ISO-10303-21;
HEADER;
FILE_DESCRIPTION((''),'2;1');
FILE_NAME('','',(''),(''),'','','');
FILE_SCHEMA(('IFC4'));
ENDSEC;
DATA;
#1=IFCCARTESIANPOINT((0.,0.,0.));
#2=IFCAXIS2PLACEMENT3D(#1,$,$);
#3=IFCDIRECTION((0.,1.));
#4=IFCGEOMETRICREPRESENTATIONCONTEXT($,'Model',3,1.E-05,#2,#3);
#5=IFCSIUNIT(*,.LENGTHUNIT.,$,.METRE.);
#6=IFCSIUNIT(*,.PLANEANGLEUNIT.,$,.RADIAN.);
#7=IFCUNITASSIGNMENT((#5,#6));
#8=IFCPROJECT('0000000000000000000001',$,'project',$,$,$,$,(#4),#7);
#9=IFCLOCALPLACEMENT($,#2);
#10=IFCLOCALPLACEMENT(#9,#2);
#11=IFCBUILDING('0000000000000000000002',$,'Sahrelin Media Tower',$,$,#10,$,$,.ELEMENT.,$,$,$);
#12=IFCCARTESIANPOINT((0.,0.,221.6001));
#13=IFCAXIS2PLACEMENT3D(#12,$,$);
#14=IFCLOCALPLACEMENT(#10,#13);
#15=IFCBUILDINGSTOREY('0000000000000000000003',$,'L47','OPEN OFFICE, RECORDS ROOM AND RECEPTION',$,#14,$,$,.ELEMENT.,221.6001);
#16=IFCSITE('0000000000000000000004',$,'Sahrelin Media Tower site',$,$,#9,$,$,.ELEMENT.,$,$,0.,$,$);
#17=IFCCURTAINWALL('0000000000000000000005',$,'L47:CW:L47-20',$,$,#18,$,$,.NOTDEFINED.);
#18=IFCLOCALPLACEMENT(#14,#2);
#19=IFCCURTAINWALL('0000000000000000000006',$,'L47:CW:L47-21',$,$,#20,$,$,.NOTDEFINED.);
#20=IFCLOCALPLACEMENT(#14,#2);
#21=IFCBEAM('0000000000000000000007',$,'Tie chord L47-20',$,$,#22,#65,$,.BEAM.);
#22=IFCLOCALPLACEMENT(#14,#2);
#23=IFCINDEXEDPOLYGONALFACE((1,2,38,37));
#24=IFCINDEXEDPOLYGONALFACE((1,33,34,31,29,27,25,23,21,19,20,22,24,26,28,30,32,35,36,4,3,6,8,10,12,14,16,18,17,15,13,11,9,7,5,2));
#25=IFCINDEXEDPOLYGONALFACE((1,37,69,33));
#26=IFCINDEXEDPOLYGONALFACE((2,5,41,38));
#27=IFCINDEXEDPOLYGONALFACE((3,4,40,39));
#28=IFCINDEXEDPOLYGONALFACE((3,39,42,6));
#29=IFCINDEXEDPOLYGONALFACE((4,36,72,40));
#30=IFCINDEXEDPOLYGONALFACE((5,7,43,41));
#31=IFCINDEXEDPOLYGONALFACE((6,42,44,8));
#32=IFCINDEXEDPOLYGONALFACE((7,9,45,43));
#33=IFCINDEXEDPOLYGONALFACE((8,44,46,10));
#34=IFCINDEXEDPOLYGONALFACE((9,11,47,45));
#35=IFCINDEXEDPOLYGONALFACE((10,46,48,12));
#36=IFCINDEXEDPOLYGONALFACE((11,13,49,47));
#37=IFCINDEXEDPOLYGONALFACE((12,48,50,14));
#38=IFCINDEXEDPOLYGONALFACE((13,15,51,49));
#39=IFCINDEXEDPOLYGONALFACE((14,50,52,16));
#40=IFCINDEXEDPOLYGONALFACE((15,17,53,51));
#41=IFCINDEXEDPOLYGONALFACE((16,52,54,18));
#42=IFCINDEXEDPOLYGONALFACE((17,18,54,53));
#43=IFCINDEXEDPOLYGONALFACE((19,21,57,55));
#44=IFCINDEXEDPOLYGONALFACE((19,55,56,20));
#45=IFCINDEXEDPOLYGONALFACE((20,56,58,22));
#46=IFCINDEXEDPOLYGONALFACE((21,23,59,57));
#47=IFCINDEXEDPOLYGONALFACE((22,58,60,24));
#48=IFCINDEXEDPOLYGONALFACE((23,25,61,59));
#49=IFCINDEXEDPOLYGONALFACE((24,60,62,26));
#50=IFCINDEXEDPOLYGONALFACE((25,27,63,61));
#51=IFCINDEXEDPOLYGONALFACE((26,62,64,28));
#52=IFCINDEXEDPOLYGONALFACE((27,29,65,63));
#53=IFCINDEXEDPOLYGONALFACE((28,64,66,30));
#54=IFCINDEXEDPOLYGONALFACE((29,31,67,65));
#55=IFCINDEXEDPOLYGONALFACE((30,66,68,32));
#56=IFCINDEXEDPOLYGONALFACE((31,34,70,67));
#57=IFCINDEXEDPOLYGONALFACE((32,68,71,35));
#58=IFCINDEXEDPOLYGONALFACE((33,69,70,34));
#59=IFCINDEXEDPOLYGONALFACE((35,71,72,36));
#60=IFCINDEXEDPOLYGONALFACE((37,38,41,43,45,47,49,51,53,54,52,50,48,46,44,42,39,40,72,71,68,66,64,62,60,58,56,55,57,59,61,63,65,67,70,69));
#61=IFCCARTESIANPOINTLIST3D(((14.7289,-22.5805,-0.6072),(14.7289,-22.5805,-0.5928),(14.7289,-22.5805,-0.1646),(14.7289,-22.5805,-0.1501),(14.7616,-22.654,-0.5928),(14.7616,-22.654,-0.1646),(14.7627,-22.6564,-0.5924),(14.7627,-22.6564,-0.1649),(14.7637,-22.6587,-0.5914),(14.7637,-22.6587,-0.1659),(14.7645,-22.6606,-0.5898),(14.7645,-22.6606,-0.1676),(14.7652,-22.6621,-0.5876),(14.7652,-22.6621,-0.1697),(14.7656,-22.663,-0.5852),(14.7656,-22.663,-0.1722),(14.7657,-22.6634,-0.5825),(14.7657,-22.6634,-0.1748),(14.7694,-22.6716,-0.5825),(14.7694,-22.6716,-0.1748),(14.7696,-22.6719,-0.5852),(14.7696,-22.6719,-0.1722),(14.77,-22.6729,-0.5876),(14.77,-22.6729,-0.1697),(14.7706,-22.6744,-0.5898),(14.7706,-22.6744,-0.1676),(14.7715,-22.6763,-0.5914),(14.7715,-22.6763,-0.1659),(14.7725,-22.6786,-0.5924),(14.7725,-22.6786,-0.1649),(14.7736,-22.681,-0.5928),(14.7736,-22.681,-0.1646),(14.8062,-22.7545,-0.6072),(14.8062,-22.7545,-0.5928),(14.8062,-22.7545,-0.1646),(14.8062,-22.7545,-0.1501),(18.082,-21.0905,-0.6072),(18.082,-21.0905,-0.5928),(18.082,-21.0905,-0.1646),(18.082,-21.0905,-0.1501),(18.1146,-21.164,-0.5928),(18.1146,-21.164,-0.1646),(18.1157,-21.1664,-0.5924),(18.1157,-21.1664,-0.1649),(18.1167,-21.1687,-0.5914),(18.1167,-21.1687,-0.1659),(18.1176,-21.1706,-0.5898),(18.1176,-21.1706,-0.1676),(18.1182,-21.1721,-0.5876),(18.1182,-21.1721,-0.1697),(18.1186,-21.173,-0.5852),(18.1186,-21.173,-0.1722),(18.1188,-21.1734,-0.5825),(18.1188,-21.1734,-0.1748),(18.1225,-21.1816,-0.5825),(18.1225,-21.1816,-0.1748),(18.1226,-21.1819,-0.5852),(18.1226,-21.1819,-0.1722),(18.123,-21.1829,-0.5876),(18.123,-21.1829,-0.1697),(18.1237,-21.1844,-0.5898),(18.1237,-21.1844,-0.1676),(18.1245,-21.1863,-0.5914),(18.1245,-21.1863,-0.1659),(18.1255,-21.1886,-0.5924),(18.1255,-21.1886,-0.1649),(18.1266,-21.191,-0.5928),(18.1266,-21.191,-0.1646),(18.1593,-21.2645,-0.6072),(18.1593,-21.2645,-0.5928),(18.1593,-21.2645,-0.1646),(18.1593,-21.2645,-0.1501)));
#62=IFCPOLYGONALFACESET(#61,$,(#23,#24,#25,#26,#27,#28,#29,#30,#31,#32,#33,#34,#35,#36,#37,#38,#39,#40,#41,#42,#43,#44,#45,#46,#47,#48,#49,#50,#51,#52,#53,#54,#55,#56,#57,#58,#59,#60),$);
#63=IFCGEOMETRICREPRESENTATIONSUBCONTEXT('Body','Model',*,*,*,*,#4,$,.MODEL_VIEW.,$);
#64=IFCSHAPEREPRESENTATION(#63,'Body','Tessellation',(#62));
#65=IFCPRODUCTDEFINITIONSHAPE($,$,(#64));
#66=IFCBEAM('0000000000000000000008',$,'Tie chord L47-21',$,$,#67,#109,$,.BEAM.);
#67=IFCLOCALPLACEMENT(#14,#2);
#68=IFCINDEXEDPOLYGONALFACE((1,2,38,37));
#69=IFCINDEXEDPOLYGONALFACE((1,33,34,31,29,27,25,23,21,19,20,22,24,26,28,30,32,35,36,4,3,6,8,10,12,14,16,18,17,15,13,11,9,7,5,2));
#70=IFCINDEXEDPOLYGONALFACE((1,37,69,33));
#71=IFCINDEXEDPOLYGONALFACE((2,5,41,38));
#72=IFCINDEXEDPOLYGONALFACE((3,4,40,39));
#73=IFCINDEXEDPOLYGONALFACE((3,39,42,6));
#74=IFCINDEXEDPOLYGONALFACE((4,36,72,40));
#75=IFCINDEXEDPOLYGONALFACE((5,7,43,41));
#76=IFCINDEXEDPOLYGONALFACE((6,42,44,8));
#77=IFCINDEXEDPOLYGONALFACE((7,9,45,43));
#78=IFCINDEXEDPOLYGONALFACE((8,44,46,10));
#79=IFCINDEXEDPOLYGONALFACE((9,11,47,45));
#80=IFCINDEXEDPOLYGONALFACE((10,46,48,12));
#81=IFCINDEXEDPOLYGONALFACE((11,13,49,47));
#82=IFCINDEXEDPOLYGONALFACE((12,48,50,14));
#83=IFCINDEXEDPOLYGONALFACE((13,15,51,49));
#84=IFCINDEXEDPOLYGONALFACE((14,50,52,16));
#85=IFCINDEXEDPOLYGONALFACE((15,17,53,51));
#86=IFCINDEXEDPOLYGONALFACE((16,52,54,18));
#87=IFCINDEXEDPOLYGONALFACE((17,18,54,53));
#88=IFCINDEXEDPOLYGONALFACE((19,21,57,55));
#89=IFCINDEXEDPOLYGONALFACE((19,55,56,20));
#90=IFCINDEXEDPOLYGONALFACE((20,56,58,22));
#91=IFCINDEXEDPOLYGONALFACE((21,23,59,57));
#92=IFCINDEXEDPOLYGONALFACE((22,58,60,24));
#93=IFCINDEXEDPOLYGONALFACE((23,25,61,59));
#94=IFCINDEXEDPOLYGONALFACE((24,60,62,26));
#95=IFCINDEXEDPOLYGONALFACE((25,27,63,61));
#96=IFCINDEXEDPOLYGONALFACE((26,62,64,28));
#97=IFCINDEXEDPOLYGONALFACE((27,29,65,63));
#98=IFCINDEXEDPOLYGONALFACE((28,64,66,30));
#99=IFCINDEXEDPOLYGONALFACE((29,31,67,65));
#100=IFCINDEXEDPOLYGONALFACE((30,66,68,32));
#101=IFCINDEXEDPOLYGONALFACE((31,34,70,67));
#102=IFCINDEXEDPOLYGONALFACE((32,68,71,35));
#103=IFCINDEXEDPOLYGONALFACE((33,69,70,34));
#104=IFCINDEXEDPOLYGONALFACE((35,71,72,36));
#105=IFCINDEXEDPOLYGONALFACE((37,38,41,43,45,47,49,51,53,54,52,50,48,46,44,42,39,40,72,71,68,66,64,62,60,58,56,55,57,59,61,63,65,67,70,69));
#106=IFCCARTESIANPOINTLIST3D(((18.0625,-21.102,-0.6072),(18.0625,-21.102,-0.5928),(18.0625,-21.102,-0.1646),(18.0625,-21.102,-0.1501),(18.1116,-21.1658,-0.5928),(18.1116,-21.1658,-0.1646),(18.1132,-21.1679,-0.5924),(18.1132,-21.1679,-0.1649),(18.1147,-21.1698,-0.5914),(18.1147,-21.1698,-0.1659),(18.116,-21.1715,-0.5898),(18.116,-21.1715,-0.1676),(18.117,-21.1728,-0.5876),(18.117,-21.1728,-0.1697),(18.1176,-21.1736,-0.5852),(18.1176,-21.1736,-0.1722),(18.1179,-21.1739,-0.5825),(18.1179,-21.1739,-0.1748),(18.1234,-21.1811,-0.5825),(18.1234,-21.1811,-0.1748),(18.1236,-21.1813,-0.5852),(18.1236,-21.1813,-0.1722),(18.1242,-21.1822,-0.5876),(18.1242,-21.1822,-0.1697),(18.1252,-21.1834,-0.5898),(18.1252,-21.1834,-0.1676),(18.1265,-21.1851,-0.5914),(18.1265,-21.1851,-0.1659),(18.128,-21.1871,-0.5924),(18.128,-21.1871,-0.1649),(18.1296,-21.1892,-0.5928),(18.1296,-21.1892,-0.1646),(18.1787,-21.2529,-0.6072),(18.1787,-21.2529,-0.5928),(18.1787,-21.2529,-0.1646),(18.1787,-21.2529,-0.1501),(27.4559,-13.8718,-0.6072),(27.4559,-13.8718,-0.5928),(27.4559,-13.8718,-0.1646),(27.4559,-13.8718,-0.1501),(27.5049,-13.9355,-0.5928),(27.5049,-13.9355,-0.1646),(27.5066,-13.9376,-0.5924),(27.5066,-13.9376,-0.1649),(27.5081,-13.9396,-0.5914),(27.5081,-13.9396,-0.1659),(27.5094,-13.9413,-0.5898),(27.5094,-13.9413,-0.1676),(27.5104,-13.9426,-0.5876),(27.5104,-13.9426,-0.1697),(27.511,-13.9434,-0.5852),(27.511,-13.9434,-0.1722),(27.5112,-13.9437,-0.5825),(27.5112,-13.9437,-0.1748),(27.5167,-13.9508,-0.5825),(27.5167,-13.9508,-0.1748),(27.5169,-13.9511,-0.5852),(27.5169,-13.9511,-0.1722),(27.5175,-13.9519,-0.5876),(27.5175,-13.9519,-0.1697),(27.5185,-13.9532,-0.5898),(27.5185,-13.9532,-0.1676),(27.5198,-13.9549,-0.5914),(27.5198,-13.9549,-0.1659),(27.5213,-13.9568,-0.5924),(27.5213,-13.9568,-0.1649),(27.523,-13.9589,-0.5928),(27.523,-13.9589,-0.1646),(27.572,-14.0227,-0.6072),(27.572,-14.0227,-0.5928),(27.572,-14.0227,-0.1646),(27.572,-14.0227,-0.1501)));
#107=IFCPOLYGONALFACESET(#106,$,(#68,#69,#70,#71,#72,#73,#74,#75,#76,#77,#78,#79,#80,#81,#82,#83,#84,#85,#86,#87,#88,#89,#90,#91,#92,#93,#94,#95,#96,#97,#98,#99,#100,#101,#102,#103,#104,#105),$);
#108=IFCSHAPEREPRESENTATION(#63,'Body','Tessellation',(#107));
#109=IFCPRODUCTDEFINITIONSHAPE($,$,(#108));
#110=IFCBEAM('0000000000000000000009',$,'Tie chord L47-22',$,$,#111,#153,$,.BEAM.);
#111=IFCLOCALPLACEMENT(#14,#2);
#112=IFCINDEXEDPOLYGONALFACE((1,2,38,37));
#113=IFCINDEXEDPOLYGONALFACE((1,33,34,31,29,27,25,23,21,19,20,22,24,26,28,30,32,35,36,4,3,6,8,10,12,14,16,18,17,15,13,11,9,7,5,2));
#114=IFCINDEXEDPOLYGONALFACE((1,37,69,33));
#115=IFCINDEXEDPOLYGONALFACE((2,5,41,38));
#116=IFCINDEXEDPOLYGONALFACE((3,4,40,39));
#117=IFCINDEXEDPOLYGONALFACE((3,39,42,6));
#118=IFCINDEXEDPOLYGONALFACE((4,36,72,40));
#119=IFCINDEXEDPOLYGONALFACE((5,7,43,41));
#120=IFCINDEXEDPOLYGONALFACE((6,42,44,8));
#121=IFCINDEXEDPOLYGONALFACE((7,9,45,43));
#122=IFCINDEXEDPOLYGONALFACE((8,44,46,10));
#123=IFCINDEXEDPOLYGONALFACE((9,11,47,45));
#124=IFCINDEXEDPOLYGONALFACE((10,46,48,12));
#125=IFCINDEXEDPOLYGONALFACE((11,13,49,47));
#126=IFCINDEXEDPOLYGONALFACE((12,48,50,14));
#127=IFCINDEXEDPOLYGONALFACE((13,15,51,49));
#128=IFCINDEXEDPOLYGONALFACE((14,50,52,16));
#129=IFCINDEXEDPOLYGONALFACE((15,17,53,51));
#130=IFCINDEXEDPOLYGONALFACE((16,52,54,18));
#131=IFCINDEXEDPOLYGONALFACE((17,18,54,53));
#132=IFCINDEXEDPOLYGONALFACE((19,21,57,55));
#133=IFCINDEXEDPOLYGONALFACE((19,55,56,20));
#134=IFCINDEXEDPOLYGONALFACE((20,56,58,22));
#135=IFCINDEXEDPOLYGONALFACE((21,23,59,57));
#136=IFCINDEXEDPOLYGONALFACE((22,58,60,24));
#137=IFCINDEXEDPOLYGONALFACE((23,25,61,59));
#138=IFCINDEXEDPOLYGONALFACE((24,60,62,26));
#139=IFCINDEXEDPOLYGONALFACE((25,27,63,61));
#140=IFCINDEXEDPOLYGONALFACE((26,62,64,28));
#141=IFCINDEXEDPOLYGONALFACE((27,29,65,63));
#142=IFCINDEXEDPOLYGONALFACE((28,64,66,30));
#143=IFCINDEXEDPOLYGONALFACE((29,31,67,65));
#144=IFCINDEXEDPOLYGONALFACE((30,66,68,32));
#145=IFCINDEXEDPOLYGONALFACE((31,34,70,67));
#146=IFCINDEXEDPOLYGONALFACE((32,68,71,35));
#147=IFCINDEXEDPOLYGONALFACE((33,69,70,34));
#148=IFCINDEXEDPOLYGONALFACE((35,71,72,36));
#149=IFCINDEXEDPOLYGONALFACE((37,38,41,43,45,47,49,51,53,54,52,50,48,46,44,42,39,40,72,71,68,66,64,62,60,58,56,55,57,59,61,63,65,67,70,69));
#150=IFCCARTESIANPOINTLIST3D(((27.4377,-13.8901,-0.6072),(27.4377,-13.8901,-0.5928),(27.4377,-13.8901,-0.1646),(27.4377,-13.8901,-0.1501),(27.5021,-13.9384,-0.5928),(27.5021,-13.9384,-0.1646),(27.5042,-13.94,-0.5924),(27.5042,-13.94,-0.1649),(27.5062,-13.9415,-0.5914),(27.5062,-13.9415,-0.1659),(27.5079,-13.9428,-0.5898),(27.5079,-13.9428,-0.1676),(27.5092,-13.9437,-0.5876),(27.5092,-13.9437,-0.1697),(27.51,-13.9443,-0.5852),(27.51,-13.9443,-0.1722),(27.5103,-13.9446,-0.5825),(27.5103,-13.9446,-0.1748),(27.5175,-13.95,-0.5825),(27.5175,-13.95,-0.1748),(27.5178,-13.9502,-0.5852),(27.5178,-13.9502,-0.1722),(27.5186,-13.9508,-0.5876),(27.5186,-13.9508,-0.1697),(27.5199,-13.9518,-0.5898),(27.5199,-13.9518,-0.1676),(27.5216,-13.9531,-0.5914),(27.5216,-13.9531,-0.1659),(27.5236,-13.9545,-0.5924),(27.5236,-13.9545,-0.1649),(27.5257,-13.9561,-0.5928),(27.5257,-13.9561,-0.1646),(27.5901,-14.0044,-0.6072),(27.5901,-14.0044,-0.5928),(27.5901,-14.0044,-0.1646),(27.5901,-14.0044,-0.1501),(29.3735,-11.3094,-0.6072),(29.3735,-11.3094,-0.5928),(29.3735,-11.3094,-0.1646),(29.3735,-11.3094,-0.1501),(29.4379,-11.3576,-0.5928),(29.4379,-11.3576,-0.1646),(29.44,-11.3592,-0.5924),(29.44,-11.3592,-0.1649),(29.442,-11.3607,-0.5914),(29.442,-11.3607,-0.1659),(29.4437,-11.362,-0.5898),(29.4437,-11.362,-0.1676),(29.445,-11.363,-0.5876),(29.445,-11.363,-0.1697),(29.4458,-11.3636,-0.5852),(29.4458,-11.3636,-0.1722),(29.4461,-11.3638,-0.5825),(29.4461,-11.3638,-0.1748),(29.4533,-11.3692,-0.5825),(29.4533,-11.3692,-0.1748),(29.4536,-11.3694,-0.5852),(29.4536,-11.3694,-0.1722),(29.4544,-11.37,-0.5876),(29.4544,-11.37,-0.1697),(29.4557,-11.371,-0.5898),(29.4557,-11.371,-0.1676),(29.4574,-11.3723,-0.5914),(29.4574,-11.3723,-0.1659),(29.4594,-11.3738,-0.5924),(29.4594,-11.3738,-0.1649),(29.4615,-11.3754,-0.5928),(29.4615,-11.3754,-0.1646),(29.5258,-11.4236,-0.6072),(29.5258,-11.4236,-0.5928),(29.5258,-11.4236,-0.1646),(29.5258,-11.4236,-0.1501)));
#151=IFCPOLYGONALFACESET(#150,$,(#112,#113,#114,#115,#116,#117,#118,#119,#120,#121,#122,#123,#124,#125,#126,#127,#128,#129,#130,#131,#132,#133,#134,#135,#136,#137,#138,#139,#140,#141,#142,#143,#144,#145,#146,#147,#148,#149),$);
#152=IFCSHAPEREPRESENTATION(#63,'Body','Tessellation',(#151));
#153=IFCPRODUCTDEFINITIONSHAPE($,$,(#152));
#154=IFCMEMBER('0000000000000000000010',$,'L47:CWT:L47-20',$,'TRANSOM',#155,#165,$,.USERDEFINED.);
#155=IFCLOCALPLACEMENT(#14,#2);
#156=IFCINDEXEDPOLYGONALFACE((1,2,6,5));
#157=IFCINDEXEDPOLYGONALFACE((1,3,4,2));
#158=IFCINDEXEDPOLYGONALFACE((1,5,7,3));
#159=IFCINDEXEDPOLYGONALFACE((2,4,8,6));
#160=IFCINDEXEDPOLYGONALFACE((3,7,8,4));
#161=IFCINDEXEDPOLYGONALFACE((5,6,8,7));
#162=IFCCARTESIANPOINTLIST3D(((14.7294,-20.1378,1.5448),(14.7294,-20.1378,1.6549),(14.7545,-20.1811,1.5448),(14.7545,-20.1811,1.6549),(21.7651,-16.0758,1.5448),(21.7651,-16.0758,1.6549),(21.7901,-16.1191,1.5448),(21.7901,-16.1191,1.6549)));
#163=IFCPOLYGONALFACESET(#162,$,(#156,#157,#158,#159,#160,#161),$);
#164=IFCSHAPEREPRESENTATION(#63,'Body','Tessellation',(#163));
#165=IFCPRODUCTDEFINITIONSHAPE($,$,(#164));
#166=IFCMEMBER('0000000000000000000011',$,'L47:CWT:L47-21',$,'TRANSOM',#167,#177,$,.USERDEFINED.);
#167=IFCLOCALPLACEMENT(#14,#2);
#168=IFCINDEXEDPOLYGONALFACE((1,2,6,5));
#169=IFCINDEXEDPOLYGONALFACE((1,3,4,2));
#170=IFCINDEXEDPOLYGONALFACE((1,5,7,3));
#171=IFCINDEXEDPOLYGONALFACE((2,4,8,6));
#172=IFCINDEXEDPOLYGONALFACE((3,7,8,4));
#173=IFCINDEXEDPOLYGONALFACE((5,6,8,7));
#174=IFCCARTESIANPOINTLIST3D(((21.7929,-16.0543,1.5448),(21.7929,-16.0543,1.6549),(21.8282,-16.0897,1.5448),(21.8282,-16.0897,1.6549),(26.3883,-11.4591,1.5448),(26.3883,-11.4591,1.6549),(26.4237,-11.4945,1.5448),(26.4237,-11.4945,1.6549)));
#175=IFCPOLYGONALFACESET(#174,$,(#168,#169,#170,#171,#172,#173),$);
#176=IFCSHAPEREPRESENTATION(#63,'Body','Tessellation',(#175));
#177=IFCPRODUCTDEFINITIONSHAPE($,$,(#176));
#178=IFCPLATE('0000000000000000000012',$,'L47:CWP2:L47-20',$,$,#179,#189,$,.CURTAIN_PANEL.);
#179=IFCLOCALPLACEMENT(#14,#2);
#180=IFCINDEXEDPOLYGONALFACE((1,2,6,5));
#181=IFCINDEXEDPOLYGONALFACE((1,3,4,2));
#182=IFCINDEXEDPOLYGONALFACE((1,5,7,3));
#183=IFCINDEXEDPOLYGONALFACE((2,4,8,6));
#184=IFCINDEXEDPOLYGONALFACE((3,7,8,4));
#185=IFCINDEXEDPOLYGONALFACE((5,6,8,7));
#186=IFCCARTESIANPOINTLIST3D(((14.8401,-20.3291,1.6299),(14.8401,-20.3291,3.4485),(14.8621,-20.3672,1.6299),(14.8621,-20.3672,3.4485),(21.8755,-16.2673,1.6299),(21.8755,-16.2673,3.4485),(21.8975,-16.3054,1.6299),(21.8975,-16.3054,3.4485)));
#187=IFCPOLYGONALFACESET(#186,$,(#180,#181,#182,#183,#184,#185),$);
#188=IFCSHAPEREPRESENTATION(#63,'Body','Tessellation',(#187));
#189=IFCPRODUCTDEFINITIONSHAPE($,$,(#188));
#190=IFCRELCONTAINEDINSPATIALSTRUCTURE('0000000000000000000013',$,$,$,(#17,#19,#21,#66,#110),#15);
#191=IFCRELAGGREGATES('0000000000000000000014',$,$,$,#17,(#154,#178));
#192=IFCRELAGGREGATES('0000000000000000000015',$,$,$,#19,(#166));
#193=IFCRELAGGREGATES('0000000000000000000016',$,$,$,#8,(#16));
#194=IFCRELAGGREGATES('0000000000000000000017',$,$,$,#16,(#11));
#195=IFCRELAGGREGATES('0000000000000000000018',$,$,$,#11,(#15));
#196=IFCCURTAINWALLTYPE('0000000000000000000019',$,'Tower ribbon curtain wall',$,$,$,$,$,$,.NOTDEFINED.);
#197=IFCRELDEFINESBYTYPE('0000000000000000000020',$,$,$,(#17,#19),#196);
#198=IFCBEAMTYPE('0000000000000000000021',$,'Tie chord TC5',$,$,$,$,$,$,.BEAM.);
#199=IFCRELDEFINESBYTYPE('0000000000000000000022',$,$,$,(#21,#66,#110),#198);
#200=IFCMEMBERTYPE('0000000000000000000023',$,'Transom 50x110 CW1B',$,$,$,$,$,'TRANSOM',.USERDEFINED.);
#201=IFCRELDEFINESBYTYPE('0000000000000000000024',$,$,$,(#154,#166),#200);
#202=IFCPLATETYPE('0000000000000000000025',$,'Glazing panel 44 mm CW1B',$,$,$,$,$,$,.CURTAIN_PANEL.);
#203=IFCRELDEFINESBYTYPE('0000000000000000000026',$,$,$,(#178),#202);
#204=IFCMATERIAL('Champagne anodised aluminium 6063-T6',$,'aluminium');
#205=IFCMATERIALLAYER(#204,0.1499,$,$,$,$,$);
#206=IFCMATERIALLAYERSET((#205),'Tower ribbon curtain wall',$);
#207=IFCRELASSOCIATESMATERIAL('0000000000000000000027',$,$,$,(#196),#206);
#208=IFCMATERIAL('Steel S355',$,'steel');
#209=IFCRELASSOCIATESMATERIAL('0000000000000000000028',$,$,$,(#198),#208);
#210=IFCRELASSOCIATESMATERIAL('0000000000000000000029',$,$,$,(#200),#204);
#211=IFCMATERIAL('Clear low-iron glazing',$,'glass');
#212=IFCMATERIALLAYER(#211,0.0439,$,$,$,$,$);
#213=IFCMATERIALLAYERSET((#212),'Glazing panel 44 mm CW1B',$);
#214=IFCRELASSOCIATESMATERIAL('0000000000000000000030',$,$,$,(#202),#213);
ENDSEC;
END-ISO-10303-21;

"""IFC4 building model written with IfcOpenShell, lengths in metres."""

from ifc_helpers import new_model, si_unit, direction, frame, origin, origin_2d, place, context, subcontext, project, spatial, polyline, rectangle, i_section, outline, extrude, material, layer, layer_set, material_profile, profile_set, type_object, element, aggregate, save


model = new_model("IFC4")

# Units and contexts
model_context = context("Model", 3, precision=1e-05, world=origin(), true_north=direction((0.0, 1.0)))
body_context = subcontext(model_context, "Body", "Model", "MODEL_VIEW")
ifc_project = project(units=[si_unit("LENGTHUNIT", "METRE"), si_unit("PLANEANGLEUNIT", "RADIAN")], contexts=[model_context])

# Site, building, storey
site_placement = place(None, origin())
site = spatial("IfcSite", under=ifc_project, at=site_placement, Name="Sahrelin Media Tower site", CompositionType="ELEMENT", RefElevation=0.0)
building_placement = place(site_placement, origin())
building = spatial("IfcBuilding", under=site, at=building_placement, Name="Sahrelin Media Tower", CompositionType="ELEMENT")
storey_placement = place(building_placement, frame((0.0, 0.0, 221.6001)))
storey = spatial("IfcBuildingStorey", under=building, at=storey_placement, Name="L47", Description="OPEN OFFICE, RECORDS ROOM AND RECEPTION", CompositionType="ELEMENT", Elevation=221.6001)

# Shared definitions
ifc_material_1 = material(Name="Steel S355", Category="steel")

# Curtain walls
ifc_material_2 = material(Name="Champagne anodised aluminium 6063-T6", Category="aluminium")
ifc_layer_1 = layer(ifc_material_2, 0.1499)
ifc_layer_set_1 = layer_set([ifc_layer_1], Name="Tower ribbon curtain wall")
curtain_wall_type = type_object("IfcCurtainWallType", Name="Tower ribbon curtain wall", PredefinedType="NOTDEFINED", material=ifc_layer_set_1)
curtain_wall_1_placement = place(storey_placement, frame((18.3699, -18.3191, 0.0), z_axis=(0.0, 0.0, 1.0), x_axis=(1.0, 0.0, 0.0)))
curtain_wall_1 = element("IfcCurtainWall", 1, at=curtain_wall_1_placement, inside=storey, type_object=curtain_wall_type, Name="L47:CW:L47-20", PredefinedType="NOTDEFINED")
curtain_wall_2_placement = place(storey_placement, frame((24.2639, -13.9299, 0.0), z_axis=(0.0, 0.0, 1.0), x_axis=(1.0, 0.0, 0.0)))
curtain_wall_2 = element("IfcCurtainWall", 2, at=curtain_wall_2_placement, inside=storey, type_object=curtain_wall_type, Name="L47:CW:L47-21", PredefinedType="NOTDEFINED")

# Beams
ifc_material_profile_1 = material_profile(ifc_material_1, i_section(OverallWidth=0.1904, OverallDepth=0.457, WebThickness=0.009, FlangeThickness=0.0144, FilletRadius=0.0103, at=origin_2d()), Name="UB 457x191x74")
ifc_profile_set_1 = profile_set([ifc_material_profile_1], Name="Steel S355")
beam_type_1 = type_object("IfcBeamType", Name="Tie chord TC5", PredefinedType="BEAM", material=ifc_profile_set_1)
beam_1_placement = place(storey_placement, frame((14.7676, -22.6675, -0.3787), z_axis=(0.913836, 0.406083, 0.0), x_axis=(-0.406083, 0.913836, 0.0)))
element("IfcBeam", 3, at=beam_1_placement, inside=storey, type_object=beam_type_1, Name="Tie chord L47-20", PredefinedType="BEAM", context=body_context, shape_type="SweptSolid", body=[
    extrude(i_section(OverallWidth=0.1904, OverallDepth=0.457, WebThickness=0.009, FlangeThickness=0.0144, FilletRadius=0.0103, at=origin_2d()), origin(), (0.0, 0.0, 1.0), 3.6692),
])
beam_2_placement = place(storey_placement, frame((18.1206, -21.1775, -0.3787), z_axis=(0.792436, 0.609955, 0.0), x_axis=(-0.609955, 0.792436, 0.0)))
element("IfcBeam", 4, at=beam_2_placement, inside=storey, type_object=beam_type_1, Name="Tie chord L47-21", PredefinedType="BEAM", context=body_context, shape_type="SweptSolid", body=[
    extrude(i_section(OverallWidth=0.1904, OverallDepth=0.457, WebThickness=0.009, FlangeThickness=0.0144, FilletRadius=0.0103, at=origin_2d()), origin(), (0.0, 0.0, 1.0), 11.8538),
])
beam_3_placement = place(storey_placement, frame((27.5139, -13.9473, -0.3787), z_axis=(0.600036, 0.799973, 0.0), x_axis=(-0.799973, 0.600036, 0.0)))
element("IfcBeam", 5, at=beam_3_placement, inside=storey, type_object=beam_type_1, Name="Tie chord L47-22", PredefinedType="BEAM", context=body_context, shape_type="SweptSolid", body=[
    extrude(i_section(OverallWidth=0.1904, OverallDepth=0.457, WebThickness=0.009, FlangeThickness=0.0144, FilletRadius=0.0103, at=origin_2d()), origin(), (0.0, 0.0, 1.0), 3.2261),
])

# Members
ifc_material_profile_2 = material_profile(ifc_material_2, rectangle(XDim=0.05, YDim=0.1101, at=origin_2d()), Name="Transom 50x110")
ifc_profile_set_2 = profile_set([ifc_material_profile_2], Name="Champagne anodised aluminium 6063-T6")
member_type_1 = type_object("IfcMemberType", Name="Transom 50x110 CW1B", ElementType="TRANSOM", PredefinedType="USERDEFINED", material=ifc_profile_set_2)
member_1_placement = place(storey_placement, frame((14.7419, -20.1594, 1.5999), z_axis=(0.866026, 0.499998, 0.0), x_axis=(-0.499998, 0.866026, 0.0)))
member_1 = element("IfcMember", 6, at=member_1_placement, type_object=member_type_1, Name="L47:CWT:L47-20", ObjectType="TRANSOM", PredefinedType="USERDEFINED", context=body_context, shape_type="SweptSolid", body=[
    extrude(rectangle(XDim=0.05, YDim=0.1101, at=origin_2d()), origin(), (0.0, 0.0, 1.0), 8.124),
])
member_2_placement = place(storey_placement, frame((21.8105, -16.072, 1.5999), z_axis=(0.707126, 0.707088, 0.0), x_axis=(-0.707088, 0.707126, 0.0)))
member_2 = element("IfcMember", 7, at=member_2_placement, type_object=member_type_1, Name="L47:CWT:L47-21", ObjectType="TRANSOM", PredefinedType="USERDEFINED", context=body_context, shape_type="SweptSolid", body=[
    extrude(rectangle(XDim=0.05, YDim=0.1101, at=origin_2d()), origin(), (0.0, 0.0, 1.0), 6.4988),
])

# Plate
ifc_material_3 = material(Name="Clear low-iron glazing", Category="glass")
ifc_layer_2 = layer(ifc_material_3, 0.0439)
ifc_layer_set_2 = layer_set([ifc_layer_2], Name="Glazing panel 44 mm CW1B")
plate_type_1 = type_object("IfcPlateType", Name="Glazing panel 44 mm CW1B", PredefinedType="CURTAIN_PANEL", material=ifc_layer_set_2)
plate_1_placement = place(storey_placement, frame((14.8621, -20.3672, 1.6299), z_axis=(0.499989, -0.866032, 0.0), x_axis=(0.866032, 0.499989, 0.0)))
plate_1 = element("IfcPlate", 8, at=plate_1_placement, type_object=plate_type_1, Name="L47:CWP2:L47-20", PredefinedType="CURTAIN_PANEL", context=body_context, shape_type="SweptSolid", body=[
    extrude(outline(polyline([(0.0, 0.0), (8.1238, 0.0), (8.1238, 1.8186), (0.0, 1.8186), (0.0, 0.0)])), origin(), (0.0, 0.0, -1.0), 0.0439),
])

aggregate(curtain_wall_1, [member_1, plate_1])
aggregate(curtain_wall_2, [member_2])

save(model, "model.ifc")
